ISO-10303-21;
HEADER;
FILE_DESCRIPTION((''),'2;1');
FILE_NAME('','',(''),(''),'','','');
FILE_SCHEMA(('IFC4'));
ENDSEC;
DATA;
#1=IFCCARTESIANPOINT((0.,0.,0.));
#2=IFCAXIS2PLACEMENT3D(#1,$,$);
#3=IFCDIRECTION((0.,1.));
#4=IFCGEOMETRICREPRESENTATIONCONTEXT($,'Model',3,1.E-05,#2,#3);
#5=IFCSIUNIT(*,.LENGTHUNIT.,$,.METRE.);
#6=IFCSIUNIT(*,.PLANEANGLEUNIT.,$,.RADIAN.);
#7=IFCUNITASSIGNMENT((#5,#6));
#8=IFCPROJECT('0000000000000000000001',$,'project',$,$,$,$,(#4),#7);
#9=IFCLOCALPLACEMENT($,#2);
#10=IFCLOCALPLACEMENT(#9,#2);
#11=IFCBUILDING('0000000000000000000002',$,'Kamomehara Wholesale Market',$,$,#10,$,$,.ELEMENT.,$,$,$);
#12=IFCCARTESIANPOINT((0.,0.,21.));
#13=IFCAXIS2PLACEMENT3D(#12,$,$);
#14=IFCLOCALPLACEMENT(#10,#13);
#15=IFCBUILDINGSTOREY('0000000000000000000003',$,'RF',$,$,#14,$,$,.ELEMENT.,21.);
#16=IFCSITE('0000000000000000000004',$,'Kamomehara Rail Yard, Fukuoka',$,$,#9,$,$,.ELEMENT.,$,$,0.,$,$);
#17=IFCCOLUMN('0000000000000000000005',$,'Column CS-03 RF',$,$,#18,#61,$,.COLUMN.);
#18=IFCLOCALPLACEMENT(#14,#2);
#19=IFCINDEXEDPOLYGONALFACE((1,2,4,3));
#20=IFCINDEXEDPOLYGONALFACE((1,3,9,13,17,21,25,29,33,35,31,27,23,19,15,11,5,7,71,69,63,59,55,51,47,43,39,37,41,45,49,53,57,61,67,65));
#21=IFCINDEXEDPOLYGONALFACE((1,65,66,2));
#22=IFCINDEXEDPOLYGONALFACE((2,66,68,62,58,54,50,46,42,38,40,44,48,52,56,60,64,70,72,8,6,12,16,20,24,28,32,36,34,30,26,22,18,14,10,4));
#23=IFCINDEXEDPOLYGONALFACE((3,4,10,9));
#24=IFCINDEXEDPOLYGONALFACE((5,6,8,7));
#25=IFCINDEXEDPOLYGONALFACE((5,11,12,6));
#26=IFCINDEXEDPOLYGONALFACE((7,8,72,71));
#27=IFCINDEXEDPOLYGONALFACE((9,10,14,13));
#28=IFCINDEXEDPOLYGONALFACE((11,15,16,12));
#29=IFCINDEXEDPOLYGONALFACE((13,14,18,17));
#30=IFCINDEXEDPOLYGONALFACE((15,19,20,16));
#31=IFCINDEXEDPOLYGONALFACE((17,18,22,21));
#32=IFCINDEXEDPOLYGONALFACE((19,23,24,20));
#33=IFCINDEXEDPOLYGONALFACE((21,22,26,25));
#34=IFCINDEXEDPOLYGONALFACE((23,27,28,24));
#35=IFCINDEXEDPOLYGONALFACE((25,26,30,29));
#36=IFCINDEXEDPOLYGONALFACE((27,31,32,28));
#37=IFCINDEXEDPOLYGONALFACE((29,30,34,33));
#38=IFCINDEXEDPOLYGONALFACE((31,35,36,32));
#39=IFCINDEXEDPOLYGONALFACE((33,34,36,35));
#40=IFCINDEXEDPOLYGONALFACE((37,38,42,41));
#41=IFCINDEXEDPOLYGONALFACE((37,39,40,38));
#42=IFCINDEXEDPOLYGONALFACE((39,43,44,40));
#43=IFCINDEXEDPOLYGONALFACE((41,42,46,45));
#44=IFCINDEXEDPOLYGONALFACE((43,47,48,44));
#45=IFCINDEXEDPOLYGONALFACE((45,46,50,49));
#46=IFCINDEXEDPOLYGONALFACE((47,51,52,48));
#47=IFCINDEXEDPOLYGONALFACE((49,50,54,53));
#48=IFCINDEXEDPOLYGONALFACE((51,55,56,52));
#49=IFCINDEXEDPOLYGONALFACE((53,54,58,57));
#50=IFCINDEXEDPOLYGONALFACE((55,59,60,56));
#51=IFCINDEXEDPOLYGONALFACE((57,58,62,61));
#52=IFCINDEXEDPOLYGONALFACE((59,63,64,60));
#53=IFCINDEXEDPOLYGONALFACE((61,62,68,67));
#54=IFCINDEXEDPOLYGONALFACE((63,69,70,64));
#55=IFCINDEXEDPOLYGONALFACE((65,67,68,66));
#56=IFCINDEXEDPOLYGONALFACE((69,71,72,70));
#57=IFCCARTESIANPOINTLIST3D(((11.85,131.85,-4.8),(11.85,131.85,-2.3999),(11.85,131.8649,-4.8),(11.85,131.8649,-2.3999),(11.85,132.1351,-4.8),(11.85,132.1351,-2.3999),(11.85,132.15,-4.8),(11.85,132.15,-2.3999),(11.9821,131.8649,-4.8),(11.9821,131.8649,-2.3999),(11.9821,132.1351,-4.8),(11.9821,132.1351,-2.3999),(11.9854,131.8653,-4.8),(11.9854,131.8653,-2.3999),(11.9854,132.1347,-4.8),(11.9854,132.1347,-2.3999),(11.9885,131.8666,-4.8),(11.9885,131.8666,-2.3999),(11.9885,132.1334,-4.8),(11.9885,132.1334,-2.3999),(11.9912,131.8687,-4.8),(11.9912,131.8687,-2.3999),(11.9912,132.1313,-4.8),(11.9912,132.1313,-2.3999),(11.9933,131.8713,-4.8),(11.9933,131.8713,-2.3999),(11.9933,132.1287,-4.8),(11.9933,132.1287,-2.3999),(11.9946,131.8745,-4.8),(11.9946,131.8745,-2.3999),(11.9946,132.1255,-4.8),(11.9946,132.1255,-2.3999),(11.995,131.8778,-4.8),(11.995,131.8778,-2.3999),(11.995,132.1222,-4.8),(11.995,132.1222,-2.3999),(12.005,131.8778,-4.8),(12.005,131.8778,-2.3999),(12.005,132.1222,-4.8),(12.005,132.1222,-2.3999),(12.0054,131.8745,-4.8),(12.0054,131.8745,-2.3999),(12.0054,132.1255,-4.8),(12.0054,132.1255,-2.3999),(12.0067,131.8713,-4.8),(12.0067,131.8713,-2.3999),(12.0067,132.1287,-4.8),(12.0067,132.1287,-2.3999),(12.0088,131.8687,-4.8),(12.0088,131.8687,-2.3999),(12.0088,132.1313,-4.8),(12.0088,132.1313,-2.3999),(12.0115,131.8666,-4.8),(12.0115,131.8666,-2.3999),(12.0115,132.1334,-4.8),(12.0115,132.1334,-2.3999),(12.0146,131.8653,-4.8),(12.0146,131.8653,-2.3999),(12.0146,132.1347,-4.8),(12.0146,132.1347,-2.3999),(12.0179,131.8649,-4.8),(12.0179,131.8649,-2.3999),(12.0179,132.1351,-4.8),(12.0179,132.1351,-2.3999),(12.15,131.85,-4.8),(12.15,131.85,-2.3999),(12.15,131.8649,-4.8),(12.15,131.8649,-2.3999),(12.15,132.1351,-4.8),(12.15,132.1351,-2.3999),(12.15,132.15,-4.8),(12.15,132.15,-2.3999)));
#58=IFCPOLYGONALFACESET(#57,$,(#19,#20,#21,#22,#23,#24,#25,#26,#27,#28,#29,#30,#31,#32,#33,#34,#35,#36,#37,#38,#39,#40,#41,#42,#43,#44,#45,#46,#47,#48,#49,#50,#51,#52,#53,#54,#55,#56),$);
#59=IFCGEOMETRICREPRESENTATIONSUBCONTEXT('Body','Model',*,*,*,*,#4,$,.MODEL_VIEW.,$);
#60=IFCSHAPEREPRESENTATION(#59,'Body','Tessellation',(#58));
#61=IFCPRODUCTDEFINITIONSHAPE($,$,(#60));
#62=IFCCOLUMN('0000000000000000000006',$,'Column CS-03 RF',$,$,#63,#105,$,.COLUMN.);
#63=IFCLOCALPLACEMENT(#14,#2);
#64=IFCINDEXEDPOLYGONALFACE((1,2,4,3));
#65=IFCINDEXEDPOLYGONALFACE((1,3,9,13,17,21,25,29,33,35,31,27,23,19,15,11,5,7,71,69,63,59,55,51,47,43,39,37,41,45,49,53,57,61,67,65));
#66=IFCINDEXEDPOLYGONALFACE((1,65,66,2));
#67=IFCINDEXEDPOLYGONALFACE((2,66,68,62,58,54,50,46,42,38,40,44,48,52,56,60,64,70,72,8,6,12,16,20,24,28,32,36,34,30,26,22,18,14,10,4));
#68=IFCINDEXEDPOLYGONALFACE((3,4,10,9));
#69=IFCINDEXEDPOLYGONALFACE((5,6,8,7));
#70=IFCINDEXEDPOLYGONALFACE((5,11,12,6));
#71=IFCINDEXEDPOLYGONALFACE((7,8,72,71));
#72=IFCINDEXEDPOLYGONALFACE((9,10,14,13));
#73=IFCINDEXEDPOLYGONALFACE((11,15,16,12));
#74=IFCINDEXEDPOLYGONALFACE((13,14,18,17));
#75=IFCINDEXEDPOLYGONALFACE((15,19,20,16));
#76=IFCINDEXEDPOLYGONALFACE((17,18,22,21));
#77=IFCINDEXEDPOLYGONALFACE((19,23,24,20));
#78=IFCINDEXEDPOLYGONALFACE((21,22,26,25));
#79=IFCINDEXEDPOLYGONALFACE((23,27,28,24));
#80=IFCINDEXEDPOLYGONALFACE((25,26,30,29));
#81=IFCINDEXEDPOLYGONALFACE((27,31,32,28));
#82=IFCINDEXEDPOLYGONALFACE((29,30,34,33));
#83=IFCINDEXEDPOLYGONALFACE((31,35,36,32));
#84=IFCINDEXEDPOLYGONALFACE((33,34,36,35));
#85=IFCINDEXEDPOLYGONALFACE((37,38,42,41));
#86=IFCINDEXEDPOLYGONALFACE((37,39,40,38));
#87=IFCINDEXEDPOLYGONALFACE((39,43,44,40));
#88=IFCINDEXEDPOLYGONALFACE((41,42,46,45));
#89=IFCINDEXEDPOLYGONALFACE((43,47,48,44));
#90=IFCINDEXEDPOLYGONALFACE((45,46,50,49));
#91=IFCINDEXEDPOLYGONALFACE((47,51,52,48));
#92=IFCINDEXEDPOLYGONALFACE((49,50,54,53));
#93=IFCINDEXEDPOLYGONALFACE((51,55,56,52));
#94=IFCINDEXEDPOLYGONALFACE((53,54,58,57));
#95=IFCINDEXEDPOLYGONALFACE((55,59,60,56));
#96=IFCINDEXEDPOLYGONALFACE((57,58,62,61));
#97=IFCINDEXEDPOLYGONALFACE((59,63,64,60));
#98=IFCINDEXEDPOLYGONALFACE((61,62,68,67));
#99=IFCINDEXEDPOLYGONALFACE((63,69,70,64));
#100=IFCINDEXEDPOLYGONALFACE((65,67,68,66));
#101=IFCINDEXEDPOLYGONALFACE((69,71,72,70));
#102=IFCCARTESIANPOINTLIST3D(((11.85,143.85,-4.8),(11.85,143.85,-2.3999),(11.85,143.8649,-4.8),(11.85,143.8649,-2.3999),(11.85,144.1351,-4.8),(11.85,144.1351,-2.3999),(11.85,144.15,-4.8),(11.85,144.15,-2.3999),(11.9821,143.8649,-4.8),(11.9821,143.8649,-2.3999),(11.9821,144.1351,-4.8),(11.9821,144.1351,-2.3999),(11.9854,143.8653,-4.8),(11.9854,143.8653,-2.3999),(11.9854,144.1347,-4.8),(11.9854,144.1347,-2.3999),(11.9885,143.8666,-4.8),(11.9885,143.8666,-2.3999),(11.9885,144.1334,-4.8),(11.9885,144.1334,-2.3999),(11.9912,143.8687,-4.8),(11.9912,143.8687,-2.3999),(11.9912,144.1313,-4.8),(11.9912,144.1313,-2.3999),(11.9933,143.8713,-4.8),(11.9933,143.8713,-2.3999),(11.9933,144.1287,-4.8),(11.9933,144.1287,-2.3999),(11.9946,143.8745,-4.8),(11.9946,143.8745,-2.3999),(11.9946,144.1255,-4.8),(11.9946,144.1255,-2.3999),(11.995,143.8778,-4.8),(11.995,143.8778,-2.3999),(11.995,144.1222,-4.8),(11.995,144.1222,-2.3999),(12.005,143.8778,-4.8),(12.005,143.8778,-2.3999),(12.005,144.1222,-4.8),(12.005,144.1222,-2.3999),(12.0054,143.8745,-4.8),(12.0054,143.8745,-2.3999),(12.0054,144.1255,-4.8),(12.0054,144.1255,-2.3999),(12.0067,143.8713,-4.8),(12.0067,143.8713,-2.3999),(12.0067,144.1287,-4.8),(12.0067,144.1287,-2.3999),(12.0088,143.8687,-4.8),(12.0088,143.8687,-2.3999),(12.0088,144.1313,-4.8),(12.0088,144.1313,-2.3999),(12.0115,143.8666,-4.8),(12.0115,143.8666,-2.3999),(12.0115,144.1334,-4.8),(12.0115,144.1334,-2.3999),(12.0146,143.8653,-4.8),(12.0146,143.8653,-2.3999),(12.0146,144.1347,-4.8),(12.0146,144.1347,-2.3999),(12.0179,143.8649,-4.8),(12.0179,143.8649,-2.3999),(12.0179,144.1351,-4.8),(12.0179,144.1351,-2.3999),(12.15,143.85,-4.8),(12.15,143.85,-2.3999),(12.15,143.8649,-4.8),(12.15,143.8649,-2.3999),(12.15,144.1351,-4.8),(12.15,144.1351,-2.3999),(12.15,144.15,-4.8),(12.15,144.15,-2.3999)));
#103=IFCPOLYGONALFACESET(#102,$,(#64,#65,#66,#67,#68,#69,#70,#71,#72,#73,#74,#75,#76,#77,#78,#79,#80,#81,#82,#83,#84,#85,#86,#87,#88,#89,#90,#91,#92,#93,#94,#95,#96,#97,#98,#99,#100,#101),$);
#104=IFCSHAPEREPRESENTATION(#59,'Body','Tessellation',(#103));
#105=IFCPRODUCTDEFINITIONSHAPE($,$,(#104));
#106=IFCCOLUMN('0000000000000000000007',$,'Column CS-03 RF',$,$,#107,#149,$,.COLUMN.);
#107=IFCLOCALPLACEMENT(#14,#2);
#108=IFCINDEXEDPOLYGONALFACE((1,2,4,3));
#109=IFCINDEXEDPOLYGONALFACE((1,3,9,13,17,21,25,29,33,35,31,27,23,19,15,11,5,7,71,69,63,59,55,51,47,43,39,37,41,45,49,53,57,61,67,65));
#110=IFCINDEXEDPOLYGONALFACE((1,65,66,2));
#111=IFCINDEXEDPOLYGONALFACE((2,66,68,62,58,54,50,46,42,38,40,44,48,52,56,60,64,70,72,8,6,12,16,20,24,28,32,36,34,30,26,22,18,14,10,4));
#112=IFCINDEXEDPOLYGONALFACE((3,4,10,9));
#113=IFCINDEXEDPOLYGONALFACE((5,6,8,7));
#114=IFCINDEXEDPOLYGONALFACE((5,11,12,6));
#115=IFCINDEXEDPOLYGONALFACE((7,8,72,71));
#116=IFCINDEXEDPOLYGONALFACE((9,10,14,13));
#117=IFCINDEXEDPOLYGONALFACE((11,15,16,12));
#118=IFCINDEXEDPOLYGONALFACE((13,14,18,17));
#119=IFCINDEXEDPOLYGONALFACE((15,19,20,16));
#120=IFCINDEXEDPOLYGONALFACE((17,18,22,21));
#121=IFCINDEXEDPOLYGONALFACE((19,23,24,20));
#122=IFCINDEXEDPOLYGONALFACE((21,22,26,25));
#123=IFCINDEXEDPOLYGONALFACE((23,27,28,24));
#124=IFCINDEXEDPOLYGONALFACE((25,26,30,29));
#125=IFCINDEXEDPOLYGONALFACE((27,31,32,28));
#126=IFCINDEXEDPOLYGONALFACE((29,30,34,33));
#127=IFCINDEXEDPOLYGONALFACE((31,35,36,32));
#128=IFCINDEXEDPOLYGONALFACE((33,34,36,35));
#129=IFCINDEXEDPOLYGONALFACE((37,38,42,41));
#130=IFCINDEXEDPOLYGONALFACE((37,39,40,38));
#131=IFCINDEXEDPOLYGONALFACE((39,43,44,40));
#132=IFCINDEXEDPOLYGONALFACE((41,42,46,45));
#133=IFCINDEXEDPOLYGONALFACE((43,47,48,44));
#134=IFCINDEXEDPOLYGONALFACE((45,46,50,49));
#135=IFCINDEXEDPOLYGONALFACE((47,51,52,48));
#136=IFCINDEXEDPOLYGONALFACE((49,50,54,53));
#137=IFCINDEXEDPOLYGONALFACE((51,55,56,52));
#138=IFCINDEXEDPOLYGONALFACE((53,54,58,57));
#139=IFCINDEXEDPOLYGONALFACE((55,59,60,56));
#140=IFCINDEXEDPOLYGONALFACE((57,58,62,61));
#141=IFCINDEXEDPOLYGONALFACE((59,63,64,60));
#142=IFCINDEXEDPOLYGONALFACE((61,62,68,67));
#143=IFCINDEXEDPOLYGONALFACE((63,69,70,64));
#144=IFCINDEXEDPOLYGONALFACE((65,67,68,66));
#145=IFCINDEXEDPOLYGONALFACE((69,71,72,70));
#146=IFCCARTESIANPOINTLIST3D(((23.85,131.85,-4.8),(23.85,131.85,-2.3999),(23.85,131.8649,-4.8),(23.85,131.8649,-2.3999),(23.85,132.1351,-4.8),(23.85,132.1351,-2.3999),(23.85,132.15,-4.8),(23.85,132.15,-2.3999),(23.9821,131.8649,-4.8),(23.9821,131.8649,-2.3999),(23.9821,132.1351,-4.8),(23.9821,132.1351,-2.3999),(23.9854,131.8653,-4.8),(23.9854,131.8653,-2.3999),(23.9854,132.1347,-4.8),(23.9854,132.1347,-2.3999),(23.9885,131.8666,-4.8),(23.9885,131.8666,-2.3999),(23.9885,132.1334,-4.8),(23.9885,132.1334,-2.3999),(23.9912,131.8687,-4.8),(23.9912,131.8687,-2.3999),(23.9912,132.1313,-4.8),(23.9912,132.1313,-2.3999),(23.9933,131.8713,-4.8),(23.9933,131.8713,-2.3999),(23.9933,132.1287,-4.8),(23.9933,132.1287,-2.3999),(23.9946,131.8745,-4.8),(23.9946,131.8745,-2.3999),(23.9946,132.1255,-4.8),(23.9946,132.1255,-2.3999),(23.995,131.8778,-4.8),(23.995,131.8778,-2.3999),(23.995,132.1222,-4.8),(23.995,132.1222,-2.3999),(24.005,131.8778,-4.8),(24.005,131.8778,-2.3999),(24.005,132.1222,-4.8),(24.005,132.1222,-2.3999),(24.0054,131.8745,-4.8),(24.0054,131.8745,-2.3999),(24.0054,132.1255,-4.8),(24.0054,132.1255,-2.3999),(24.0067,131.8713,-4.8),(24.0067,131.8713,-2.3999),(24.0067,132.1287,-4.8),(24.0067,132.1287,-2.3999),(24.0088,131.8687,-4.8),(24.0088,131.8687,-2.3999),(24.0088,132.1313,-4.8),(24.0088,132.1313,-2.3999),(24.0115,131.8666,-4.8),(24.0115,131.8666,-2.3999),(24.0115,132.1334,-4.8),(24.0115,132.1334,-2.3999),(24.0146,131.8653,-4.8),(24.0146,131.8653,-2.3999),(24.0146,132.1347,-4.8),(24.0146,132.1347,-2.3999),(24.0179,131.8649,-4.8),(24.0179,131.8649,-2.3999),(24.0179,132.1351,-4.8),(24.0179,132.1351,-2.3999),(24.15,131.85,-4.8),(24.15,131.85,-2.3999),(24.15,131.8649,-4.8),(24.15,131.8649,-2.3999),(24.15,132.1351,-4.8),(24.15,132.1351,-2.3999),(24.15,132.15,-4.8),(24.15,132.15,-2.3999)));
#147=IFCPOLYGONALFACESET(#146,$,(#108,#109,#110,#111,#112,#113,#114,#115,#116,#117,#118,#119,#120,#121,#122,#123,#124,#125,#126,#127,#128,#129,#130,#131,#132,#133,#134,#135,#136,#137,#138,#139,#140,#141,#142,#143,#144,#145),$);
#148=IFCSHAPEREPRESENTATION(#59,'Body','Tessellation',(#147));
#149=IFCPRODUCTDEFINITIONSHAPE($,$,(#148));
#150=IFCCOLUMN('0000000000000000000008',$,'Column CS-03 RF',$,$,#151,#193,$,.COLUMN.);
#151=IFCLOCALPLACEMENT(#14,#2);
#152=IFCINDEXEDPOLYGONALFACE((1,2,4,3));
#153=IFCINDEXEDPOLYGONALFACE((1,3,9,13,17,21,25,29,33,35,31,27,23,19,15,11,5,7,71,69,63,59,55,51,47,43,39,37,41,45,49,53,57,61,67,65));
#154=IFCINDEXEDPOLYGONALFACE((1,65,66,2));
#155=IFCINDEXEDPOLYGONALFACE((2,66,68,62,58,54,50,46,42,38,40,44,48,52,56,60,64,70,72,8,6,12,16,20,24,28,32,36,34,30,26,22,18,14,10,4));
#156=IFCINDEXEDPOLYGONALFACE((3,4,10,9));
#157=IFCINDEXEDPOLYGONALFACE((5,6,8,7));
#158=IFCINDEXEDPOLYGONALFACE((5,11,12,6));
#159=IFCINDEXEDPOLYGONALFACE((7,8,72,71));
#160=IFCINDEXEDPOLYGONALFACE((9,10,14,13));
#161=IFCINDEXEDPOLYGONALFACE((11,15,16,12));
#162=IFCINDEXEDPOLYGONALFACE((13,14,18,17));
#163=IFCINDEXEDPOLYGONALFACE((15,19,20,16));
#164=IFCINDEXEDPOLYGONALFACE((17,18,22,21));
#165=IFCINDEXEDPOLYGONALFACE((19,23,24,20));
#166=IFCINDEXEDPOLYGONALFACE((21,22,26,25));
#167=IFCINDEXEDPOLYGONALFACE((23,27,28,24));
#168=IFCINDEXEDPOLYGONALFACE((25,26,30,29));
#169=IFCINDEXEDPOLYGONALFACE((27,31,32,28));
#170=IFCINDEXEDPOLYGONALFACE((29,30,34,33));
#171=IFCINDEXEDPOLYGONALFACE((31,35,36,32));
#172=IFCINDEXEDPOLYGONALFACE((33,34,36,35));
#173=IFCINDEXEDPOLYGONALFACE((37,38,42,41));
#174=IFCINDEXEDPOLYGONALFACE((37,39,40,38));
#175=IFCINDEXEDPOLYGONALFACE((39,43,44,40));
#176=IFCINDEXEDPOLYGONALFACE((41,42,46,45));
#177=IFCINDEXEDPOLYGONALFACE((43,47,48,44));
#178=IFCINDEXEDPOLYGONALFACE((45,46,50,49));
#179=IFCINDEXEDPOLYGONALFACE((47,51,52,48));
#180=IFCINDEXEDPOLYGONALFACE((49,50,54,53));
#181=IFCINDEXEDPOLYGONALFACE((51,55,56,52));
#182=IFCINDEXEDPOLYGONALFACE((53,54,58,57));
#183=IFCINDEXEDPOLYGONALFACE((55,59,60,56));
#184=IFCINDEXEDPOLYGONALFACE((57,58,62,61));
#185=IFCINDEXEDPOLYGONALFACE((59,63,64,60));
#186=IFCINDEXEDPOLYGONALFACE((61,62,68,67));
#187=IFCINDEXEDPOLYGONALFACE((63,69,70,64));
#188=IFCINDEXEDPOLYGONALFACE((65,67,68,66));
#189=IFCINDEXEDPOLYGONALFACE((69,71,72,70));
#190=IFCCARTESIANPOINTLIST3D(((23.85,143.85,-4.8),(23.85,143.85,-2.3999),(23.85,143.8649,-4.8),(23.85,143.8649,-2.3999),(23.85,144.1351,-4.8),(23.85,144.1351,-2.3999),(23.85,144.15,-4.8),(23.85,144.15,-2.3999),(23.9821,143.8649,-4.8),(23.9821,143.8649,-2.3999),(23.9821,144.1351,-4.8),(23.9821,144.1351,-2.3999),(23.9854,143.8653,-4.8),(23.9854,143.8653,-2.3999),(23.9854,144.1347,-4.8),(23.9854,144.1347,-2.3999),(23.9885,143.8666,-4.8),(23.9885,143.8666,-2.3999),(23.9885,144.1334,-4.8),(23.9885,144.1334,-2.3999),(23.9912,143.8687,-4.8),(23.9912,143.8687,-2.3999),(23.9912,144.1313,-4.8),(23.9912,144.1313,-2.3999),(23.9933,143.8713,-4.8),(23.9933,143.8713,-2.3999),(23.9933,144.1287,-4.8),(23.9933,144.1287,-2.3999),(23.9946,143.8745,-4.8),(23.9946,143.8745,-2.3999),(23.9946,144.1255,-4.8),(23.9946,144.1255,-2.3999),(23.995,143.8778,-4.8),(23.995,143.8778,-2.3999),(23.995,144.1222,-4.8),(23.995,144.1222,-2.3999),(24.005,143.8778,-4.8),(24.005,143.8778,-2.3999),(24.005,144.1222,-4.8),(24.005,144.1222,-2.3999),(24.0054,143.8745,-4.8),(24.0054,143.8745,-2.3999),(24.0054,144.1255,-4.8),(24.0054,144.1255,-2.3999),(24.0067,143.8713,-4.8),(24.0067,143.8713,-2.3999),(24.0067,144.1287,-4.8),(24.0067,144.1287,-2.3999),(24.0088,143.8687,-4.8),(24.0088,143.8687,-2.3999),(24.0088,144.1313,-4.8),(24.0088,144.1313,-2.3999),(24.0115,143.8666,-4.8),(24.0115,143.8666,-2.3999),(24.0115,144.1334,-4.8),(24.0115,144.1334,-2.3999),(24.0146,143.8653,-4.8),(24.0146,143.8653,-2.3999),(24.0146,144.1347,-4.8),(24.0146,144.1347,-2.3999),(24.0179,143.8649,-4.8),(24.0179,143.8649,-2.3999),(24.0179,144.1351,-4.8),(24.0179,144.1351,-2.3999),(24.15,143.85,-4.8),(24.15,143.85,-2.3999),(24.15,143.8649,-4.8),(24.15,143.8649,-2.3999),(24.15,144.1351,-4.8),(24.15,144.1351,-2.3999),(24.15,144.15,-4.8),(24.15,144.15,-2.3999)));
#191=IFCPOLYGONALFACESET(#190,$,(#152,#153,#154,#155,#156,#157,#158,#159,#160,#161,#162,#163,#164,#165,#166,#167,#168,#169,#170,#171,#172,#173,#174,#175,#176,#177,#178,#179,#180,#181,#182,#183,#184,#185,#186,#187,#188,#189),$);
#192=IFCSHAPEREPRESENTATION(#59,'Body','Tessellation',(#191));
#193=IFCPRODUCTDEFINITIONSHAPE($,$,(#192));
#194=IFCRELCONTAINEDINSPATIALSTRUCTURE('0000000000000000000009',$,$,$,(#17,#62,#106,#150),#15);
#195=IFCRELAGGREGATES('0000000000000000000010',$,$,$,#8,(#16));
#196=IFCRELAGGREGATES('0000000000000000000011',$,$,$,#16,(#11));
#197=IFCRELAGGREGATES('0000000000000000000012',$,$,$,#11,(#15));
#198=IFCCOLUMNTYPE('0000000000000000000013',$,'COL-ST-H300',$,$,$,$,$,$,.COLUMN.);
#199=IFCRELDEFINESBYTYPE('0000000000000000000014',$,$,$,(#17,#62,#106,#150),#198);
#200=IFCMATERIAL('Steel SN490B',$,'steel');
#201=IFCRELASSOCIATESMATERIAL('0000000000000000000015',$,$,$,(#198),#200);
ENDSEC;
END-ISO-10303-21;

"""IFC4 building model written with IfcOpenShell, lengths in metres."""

from ifc_helpers import new_model, si_unit, direction, frame, origin, origin_2d, place, context, subcontext, project, spatial, i_section, extrude, material, material_profile, profile_set, type_object, element, save


model = new_model("IFC4")

# Units and contexts
model_context = context("Model", 3, precision=1e-05, world=origin(), true_north=direction((0.0, 1.0)))
body_context = subcontext(model_context, "Body", "Model", "MODEL_VIEW")
ifc_project = project(units=[si_unit("LENGTHUNIT", "METRE"), si_unit("PLANEANGLEUNIT", "RADIAN")], contexts=[model_context])

# Site, building, storey
site_placement = place(None, origin())
site = spatial("IfcSite", under=ifc_project, at=site_placement, Name="Kamomehara Rail Yard, Fukuoka", CompositionType="ELEMENT", RefElevation=0.0)
building_placement = place(site_placement, origin())
building = spatial("IfcBuilding", under=site, at=building_placement, Name="Kamomehara Wholesale Market", CompositionType="ELEMENT")
storey_placement = place(building_placement, frame((0.0, 0.0, 21.0)))
storey = spatial("IfcBuildingStorey", under=building, at=storey_placement, Name="RF", CompositionType="ELEMENT", Elevation=21.0)

# Columns
ifc_material_1 = material(Name="Steel SN490B", Category="steel")
ifc_material_profile_1 = material_profile(ifc_material_1, i_section(OverallWidth=0.3, OverallDepth=0.3, WebThickness=0.01, FlangeThickness=0.0149, FilletRadius=0.0129, at=origin_2d()), Name="H-300x300x10x15")
ifc_profile_set_1 = profile_set([ifc_material_profile_1], Name="Steel SN490B")
column_type_1 = type_object("IfcColumnType", Name="COL-ST-H300", PredefinedType="COLUMN", material=ifc_profile_set_1)
for number, where, z_axis, x_axis, name in (
    (1, (12.0, 132.0, -4.8), (0.0, 0.0, 1.0), (1.0, 0.0, 0.0), "Column CS-03 RF"),
    (2, (12.0, 144.0, -4.8), (0.0, 0.0, 1.0), (1.0, 0.0, 0.0), "Column CS-03 RF"),
    (3, (24.0, 132.0, -4.8), (0.0, 0.0, 1.0), (1.0, 0.0, 0.0), "Column CS-03 RF"),
    (4, (24.0, 144.0, -4.8), (0.0, 0.0, 1.0), (1.0, 0.0, 0.0), "Column CS-03 RF"),
):
    element("IfcColumn", number, at=place(storey_placement, frame(where, z_axis=z_axis, x_axis=x_axis)), inside=storey, type_object=column_type_1, Name=name, PredefinedType="COLUMN", context=body_context, shape_type="SweptSolid", body=[
        extrude(i_section(OverallWidth=0.3, OverallDepth=0.3, WebThickness=0.01, FlangeThickness=0.0149, FilletRadius=0.0129, at=origin_2d()), origin(), (0.0, 0.0, 1.0), 2.4001),
    ])

save(model, "model.ifc")
